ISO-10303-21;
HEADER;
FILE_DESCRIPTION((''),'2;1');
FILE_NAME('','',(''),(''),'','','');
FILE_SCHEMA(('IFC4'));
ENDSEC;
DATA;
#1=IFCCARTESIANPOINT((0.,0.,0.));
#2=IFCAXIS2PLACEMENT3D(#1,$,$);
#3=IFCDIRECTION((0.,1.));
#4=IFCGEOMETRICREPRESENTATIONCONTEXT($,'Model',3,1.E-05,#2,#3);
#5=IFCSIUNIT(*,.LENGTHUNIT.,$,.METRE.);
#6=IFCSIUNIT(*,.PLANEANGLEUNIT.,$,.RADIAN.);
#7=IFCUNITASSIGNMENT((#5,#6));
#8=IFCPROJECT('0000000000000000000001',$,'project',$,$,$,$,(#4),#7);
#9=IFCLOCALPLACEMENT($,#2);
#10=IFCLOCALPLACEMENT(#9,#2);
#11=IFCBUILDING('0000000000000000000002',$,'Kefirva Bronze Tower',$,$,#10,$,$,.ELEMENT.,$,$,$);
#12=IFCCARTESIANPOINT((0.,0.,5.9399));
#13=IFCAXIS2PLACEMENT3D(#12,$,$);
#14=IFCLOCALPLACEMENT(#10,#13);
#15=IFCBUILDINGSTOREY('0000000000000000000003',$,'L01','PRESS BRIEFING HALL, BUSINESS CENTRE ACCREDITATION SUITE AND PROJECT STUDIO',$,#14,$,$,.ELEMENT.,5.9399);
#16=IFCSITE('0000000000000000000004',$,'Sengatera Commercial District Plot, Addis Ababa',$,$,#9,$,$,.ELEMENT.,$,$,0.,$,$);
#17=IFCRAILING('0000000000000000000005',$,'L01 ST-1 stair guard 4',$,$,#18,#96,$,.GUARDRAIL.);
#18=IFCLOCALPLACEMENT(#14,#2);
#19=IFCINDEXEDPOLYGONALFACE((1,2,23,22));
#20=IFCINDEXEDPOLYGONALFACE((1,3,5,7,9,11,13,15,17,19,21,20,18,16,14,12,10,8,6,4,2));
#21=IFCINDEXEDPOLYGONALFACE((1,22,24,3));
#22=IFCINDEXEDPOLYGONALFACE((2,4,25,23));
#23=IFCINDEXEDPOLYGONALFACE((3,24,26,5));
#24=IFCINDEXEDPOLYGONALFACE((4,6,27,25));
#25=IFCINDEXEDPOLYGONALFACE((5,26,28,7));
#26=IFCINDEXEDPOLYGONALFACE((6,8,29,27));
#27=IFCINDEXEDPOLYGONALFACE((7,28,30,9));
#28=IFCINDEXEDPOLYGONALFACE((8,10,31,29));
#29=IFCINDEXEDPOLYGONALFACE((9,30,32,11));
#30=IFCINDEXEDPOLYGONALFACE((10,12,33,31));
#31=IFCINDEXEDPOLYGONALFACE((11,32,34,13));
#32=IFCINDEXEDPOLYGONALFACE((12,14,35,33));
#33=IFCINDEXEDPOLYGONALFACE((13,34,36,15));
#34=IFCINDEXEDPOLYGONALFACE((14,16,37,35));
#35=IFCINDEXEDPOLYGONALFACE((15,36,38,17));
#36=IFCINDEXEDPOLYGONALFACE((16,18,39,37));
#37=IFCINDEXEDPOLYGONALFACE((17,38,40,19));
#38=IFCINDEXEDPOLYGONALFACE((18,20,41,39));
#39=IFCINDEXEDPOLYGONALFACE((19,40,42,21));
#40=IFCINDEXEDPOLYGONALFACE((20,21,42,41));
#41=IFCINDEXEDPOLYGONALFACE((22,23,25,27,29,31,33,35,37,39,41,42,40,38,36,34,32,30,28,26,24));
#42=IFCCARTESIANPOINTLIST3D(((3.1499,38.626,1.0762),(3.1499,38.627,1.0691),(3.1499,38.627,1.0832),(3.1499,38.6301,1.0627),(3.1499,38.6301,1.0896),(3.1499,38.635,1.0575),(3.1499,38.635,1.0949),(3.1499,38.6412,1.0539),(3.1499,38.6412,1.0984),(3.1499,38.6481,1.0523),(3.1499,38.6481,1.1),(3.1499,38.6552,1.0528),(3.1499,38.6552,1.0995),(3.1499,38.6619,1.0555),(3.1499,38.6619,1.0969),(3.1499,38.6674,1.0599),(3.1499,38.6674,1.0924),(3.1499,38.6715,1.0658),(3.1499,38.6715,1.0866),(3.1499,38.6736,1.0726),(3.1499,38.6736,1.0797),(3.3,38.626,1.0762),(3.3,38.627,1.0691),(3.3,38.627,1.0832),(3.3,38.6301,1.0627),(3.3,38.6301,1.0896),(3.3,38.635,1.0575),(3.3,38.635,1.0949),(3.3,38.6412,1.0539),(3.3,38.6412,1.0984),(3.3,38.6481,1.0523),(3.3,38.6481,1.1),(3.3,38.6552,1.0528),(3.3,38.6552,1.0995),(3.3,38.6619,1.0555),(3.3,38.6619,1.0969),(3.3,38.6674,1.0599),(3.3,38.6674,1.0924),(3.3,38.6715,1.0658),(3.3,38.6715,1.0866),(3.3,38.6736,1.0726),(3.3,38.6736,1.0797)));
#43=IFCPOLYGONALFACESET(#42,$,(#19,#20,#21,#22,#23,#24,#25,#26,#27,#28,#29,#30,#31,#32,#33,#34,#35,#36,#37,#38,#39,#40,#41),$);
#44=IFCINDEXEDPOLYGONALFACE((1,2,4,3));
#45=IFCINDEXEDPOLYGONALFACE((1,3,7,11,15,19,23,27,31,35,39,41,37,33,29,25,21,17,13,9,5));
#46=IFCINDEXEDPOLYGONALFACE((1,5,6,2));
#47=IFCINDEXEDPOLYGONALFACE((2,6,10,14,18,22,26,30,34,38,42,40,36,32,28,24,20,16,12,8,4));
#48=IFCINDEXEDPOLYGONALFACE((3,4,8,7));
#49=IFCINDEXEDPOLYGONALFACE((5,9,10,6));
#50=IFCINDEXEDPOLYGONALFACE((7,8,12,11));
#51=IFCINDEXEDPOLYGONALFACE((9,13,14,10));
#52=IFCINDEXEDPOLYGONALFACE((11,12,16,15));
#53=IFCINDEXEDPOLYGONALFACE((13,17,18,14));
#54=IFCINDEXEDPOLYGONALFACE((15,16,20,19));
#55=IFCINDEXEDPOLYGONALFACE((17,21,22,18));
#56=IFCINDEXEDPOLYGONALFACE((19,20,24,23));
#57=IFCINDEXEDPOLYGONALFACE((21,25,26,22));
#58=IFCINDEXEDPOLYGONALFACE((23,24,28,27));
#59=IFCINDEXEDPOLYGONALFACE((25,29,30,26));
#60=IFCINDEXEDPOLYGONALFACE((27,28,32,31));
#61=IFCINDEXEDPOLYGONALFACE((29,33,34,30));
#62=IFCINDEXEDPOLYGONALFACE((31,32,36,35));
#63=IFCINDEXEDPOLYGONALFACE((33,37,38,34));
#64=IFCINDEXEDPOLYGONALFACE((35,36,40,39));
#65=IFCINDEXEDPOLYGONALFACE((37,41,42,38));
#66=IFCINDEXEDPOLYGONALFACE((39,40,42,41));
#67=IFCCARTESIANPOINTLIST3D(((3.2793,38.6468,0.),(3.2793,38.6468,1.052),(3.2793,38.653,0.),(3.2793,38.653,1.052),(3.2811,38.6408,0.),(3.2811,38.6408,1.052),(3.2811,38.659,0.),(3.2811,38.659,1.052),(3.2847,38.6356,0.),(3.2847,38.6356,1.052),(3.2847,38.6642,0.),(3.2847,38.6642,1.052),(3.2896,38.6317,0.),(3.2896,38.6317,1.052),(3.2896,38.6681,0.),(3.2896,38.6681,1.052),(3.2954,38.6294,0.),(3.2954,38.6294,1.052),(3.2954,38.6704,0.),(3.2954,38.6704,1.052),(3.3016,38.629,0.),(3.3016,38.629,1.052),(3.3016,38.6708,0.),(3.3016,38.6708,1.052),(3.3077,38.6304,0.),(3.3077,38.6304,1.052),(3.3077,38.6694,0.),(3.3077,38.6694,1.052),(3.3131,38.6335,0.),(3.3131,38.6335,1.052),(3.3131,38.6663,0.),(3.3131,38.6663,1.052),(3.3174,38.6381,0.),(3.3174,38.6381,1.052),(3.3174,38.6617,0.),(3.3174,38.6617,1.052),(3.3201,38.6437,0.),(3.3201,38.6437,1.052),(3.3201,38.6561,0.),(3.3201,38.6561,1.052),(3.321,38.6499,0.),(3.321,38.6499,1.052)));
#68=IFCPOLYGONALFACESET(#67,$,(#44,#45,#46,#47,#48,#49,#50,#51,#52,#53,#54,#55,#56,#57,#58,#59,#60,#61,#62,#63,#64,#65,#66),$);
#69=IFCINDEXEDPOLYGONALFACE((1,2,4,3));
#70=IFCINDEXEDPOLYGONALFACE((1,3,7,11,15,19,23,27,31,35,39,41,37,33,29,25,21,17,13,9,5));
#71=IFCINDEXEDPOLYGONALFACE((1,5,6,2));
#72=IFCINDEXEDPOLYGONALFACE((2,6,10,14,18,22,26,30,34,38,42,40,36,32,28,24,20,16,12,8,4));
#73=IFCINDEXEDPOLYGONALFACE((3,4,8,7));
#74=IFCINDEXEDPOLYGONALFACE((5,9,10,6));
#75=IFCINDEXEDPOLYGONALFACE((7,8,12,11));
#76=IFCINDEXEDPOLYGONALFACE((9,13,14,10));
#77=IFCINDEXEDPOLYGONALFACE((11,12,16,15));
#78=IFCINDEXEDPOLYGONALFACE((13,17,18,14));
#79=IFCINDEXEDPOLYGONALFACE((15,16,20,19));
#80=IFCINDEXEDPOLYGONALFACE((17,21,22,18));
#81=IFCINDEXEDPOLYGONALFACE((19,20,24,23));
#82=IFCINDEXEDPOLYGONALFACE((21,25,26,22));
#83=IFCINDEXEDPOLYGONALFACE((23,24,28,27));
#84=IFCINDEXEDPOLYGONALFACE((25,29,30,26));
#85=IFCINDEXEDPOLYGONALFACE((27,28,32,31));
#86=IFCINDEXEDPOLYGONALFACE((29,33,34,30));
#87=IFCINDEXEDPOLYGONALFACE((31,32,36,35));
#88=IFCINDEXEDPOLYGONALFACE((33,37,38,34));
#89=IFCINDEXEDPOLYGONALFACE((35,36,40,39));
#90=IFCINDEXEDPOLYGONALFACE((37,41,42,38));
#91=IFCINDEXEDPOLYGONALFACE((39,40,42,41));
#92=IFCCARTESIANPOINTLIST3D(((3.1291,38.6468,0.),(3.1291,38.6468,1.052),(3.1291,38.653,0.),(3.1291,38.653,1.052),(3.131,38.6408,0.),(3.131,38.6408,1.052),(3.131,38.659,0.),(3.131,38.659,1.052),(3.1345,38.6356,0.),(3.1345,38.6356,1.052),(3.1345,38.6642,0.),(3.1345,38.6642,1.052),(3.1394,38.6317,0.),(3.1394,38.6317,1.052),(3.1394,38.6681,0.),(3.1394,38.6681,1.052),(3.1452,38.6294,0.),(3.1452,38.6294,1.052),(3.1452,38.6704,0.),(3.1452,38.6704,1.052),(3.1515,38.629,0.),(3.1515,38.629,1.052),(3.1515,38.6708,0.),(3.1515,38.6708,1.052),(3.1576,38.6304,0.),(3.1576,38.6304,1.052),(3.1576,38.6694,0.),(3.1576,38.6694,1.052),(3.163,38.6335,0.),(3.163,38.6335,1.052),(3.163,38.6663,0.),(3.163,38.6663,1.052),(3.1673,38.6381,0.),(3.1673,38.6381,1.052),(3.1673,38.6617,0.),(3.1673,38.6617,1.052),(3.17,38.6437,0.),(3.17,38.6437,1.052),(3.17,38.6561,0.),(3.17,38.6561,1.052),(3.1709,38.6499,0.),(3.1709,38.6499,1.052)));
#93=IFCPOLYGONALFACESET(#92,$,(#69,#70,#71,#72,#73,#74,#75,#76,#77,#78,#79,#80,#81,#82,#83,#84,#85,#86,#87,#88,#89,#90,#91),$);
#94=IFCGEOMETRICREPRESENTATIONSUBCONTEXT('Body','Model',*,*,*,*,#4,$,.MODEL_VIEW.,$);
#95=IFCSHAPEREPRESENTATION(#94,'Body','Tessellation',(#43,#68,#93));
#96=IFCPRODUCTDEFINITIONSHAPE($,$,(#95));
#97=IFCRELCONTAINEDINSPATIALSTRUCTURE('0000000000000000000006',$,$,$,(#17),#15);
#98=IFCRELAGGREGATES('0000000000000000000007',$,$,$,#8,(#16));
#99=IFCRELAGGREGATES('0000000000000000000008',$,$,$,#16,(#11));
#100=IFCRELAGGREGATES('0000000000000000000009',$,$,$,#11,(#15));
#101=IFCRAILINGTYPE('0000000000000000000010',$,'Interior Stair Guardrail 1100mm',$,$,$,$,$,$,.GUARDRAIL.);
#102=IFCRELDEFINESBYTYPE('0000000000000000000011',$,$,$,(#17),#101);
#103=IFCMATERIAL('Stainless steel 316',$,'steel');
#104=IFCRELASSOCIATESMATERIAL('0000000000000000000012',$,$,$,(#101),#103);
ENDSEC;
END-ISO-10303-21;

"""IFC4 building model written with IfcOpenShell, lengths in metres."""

from ifc_helpers import new_model, si_unit, direction, frame, origin, origin_2d, place, context, subcontext, project, spatial, circle, extrude, material, type_object, element, save


model = new_model("IFC4")

# Units and contexts
model_context = context("Model", 3, precision=1e-05, world=origin(), true_north=direction((0.0, 1.0)))
body_context = subcontext(model_context, "Body", "Model", "MODEL_VIEW")
ifc_project = project(units=[si_unit("LENGTHUNIT", "METRE"), si_unit("PLANEANGLEUNIT", "RADIAN")], contexts=[model_context])

# Site, building, storey
site_placement = place(None, origin())
site = spatial("IfcSite", under=ifc_project, at=site_placement, Name="Sengatera Commercial District Plot, Addis Ababa", CompositionType="ELEMENT", RefElevation=0.0)
building_placement = place(site_placement, origin())
building = spatial("IfcBuilding", under=site, at=building_placement, Name="Kefirva Bronze Tower", CompositionType="ELEMENT")
storey_placement = place(building_placement, frame((0.0, 0.0, 5.9399)))
storey = spatial("IfcBuildingStorey", under=building, at=storey_placement, Name="L01", Description="PRESS BRIEFING HALL, BUSINESS CENTRE ACCREDITATION SUITE AND PROJECT STUDIO", CompositionType="ELEMENT", Elevation=5.9399)

# Shared definitions
ifc_material_1 = material(Name="Stainless steel 316", Category="steel")

# Railing
railing_type_1 = type_object("IfcRailingType", Name="Interior Stair Guardrail 1100mm", PredefinedType="GUARDRAIL", material=ifc_material_1)
railing_1_placement = place(storey_placement, frame((3.3, 38.6499, 0.0)))
element("IfcRailing", 1, at=railing_1_placement, inside=storey, type_object=railing_type_1, Name="L01 ST-1 stair guard 4", PredefinedType="GUARDRAIL", context=body_context, shape_type="SweptSolid", body=[
    extrude(circle(Radius=0.0239, at=origin_2d()), frame((0.0, 0.0, 1.0762), z_axis=(-1.0, 0.0, 0.0), x_axis=(0.0, -1.0, 0.0)), (0.0, 0.0, 1.0), 0.1501),
    extrude(circle(Radius=0.021, at=origin_2d()), origin(), (0.0, 0.0, 1.0), 1.052),
    extrude(circle(Radius=0.021, at=origin_2d()), frame((-0.1501, 0.0, 0.0)), (0.0, 0.0, 1.0), 1.052),
])

save(model, "model.ifc")
